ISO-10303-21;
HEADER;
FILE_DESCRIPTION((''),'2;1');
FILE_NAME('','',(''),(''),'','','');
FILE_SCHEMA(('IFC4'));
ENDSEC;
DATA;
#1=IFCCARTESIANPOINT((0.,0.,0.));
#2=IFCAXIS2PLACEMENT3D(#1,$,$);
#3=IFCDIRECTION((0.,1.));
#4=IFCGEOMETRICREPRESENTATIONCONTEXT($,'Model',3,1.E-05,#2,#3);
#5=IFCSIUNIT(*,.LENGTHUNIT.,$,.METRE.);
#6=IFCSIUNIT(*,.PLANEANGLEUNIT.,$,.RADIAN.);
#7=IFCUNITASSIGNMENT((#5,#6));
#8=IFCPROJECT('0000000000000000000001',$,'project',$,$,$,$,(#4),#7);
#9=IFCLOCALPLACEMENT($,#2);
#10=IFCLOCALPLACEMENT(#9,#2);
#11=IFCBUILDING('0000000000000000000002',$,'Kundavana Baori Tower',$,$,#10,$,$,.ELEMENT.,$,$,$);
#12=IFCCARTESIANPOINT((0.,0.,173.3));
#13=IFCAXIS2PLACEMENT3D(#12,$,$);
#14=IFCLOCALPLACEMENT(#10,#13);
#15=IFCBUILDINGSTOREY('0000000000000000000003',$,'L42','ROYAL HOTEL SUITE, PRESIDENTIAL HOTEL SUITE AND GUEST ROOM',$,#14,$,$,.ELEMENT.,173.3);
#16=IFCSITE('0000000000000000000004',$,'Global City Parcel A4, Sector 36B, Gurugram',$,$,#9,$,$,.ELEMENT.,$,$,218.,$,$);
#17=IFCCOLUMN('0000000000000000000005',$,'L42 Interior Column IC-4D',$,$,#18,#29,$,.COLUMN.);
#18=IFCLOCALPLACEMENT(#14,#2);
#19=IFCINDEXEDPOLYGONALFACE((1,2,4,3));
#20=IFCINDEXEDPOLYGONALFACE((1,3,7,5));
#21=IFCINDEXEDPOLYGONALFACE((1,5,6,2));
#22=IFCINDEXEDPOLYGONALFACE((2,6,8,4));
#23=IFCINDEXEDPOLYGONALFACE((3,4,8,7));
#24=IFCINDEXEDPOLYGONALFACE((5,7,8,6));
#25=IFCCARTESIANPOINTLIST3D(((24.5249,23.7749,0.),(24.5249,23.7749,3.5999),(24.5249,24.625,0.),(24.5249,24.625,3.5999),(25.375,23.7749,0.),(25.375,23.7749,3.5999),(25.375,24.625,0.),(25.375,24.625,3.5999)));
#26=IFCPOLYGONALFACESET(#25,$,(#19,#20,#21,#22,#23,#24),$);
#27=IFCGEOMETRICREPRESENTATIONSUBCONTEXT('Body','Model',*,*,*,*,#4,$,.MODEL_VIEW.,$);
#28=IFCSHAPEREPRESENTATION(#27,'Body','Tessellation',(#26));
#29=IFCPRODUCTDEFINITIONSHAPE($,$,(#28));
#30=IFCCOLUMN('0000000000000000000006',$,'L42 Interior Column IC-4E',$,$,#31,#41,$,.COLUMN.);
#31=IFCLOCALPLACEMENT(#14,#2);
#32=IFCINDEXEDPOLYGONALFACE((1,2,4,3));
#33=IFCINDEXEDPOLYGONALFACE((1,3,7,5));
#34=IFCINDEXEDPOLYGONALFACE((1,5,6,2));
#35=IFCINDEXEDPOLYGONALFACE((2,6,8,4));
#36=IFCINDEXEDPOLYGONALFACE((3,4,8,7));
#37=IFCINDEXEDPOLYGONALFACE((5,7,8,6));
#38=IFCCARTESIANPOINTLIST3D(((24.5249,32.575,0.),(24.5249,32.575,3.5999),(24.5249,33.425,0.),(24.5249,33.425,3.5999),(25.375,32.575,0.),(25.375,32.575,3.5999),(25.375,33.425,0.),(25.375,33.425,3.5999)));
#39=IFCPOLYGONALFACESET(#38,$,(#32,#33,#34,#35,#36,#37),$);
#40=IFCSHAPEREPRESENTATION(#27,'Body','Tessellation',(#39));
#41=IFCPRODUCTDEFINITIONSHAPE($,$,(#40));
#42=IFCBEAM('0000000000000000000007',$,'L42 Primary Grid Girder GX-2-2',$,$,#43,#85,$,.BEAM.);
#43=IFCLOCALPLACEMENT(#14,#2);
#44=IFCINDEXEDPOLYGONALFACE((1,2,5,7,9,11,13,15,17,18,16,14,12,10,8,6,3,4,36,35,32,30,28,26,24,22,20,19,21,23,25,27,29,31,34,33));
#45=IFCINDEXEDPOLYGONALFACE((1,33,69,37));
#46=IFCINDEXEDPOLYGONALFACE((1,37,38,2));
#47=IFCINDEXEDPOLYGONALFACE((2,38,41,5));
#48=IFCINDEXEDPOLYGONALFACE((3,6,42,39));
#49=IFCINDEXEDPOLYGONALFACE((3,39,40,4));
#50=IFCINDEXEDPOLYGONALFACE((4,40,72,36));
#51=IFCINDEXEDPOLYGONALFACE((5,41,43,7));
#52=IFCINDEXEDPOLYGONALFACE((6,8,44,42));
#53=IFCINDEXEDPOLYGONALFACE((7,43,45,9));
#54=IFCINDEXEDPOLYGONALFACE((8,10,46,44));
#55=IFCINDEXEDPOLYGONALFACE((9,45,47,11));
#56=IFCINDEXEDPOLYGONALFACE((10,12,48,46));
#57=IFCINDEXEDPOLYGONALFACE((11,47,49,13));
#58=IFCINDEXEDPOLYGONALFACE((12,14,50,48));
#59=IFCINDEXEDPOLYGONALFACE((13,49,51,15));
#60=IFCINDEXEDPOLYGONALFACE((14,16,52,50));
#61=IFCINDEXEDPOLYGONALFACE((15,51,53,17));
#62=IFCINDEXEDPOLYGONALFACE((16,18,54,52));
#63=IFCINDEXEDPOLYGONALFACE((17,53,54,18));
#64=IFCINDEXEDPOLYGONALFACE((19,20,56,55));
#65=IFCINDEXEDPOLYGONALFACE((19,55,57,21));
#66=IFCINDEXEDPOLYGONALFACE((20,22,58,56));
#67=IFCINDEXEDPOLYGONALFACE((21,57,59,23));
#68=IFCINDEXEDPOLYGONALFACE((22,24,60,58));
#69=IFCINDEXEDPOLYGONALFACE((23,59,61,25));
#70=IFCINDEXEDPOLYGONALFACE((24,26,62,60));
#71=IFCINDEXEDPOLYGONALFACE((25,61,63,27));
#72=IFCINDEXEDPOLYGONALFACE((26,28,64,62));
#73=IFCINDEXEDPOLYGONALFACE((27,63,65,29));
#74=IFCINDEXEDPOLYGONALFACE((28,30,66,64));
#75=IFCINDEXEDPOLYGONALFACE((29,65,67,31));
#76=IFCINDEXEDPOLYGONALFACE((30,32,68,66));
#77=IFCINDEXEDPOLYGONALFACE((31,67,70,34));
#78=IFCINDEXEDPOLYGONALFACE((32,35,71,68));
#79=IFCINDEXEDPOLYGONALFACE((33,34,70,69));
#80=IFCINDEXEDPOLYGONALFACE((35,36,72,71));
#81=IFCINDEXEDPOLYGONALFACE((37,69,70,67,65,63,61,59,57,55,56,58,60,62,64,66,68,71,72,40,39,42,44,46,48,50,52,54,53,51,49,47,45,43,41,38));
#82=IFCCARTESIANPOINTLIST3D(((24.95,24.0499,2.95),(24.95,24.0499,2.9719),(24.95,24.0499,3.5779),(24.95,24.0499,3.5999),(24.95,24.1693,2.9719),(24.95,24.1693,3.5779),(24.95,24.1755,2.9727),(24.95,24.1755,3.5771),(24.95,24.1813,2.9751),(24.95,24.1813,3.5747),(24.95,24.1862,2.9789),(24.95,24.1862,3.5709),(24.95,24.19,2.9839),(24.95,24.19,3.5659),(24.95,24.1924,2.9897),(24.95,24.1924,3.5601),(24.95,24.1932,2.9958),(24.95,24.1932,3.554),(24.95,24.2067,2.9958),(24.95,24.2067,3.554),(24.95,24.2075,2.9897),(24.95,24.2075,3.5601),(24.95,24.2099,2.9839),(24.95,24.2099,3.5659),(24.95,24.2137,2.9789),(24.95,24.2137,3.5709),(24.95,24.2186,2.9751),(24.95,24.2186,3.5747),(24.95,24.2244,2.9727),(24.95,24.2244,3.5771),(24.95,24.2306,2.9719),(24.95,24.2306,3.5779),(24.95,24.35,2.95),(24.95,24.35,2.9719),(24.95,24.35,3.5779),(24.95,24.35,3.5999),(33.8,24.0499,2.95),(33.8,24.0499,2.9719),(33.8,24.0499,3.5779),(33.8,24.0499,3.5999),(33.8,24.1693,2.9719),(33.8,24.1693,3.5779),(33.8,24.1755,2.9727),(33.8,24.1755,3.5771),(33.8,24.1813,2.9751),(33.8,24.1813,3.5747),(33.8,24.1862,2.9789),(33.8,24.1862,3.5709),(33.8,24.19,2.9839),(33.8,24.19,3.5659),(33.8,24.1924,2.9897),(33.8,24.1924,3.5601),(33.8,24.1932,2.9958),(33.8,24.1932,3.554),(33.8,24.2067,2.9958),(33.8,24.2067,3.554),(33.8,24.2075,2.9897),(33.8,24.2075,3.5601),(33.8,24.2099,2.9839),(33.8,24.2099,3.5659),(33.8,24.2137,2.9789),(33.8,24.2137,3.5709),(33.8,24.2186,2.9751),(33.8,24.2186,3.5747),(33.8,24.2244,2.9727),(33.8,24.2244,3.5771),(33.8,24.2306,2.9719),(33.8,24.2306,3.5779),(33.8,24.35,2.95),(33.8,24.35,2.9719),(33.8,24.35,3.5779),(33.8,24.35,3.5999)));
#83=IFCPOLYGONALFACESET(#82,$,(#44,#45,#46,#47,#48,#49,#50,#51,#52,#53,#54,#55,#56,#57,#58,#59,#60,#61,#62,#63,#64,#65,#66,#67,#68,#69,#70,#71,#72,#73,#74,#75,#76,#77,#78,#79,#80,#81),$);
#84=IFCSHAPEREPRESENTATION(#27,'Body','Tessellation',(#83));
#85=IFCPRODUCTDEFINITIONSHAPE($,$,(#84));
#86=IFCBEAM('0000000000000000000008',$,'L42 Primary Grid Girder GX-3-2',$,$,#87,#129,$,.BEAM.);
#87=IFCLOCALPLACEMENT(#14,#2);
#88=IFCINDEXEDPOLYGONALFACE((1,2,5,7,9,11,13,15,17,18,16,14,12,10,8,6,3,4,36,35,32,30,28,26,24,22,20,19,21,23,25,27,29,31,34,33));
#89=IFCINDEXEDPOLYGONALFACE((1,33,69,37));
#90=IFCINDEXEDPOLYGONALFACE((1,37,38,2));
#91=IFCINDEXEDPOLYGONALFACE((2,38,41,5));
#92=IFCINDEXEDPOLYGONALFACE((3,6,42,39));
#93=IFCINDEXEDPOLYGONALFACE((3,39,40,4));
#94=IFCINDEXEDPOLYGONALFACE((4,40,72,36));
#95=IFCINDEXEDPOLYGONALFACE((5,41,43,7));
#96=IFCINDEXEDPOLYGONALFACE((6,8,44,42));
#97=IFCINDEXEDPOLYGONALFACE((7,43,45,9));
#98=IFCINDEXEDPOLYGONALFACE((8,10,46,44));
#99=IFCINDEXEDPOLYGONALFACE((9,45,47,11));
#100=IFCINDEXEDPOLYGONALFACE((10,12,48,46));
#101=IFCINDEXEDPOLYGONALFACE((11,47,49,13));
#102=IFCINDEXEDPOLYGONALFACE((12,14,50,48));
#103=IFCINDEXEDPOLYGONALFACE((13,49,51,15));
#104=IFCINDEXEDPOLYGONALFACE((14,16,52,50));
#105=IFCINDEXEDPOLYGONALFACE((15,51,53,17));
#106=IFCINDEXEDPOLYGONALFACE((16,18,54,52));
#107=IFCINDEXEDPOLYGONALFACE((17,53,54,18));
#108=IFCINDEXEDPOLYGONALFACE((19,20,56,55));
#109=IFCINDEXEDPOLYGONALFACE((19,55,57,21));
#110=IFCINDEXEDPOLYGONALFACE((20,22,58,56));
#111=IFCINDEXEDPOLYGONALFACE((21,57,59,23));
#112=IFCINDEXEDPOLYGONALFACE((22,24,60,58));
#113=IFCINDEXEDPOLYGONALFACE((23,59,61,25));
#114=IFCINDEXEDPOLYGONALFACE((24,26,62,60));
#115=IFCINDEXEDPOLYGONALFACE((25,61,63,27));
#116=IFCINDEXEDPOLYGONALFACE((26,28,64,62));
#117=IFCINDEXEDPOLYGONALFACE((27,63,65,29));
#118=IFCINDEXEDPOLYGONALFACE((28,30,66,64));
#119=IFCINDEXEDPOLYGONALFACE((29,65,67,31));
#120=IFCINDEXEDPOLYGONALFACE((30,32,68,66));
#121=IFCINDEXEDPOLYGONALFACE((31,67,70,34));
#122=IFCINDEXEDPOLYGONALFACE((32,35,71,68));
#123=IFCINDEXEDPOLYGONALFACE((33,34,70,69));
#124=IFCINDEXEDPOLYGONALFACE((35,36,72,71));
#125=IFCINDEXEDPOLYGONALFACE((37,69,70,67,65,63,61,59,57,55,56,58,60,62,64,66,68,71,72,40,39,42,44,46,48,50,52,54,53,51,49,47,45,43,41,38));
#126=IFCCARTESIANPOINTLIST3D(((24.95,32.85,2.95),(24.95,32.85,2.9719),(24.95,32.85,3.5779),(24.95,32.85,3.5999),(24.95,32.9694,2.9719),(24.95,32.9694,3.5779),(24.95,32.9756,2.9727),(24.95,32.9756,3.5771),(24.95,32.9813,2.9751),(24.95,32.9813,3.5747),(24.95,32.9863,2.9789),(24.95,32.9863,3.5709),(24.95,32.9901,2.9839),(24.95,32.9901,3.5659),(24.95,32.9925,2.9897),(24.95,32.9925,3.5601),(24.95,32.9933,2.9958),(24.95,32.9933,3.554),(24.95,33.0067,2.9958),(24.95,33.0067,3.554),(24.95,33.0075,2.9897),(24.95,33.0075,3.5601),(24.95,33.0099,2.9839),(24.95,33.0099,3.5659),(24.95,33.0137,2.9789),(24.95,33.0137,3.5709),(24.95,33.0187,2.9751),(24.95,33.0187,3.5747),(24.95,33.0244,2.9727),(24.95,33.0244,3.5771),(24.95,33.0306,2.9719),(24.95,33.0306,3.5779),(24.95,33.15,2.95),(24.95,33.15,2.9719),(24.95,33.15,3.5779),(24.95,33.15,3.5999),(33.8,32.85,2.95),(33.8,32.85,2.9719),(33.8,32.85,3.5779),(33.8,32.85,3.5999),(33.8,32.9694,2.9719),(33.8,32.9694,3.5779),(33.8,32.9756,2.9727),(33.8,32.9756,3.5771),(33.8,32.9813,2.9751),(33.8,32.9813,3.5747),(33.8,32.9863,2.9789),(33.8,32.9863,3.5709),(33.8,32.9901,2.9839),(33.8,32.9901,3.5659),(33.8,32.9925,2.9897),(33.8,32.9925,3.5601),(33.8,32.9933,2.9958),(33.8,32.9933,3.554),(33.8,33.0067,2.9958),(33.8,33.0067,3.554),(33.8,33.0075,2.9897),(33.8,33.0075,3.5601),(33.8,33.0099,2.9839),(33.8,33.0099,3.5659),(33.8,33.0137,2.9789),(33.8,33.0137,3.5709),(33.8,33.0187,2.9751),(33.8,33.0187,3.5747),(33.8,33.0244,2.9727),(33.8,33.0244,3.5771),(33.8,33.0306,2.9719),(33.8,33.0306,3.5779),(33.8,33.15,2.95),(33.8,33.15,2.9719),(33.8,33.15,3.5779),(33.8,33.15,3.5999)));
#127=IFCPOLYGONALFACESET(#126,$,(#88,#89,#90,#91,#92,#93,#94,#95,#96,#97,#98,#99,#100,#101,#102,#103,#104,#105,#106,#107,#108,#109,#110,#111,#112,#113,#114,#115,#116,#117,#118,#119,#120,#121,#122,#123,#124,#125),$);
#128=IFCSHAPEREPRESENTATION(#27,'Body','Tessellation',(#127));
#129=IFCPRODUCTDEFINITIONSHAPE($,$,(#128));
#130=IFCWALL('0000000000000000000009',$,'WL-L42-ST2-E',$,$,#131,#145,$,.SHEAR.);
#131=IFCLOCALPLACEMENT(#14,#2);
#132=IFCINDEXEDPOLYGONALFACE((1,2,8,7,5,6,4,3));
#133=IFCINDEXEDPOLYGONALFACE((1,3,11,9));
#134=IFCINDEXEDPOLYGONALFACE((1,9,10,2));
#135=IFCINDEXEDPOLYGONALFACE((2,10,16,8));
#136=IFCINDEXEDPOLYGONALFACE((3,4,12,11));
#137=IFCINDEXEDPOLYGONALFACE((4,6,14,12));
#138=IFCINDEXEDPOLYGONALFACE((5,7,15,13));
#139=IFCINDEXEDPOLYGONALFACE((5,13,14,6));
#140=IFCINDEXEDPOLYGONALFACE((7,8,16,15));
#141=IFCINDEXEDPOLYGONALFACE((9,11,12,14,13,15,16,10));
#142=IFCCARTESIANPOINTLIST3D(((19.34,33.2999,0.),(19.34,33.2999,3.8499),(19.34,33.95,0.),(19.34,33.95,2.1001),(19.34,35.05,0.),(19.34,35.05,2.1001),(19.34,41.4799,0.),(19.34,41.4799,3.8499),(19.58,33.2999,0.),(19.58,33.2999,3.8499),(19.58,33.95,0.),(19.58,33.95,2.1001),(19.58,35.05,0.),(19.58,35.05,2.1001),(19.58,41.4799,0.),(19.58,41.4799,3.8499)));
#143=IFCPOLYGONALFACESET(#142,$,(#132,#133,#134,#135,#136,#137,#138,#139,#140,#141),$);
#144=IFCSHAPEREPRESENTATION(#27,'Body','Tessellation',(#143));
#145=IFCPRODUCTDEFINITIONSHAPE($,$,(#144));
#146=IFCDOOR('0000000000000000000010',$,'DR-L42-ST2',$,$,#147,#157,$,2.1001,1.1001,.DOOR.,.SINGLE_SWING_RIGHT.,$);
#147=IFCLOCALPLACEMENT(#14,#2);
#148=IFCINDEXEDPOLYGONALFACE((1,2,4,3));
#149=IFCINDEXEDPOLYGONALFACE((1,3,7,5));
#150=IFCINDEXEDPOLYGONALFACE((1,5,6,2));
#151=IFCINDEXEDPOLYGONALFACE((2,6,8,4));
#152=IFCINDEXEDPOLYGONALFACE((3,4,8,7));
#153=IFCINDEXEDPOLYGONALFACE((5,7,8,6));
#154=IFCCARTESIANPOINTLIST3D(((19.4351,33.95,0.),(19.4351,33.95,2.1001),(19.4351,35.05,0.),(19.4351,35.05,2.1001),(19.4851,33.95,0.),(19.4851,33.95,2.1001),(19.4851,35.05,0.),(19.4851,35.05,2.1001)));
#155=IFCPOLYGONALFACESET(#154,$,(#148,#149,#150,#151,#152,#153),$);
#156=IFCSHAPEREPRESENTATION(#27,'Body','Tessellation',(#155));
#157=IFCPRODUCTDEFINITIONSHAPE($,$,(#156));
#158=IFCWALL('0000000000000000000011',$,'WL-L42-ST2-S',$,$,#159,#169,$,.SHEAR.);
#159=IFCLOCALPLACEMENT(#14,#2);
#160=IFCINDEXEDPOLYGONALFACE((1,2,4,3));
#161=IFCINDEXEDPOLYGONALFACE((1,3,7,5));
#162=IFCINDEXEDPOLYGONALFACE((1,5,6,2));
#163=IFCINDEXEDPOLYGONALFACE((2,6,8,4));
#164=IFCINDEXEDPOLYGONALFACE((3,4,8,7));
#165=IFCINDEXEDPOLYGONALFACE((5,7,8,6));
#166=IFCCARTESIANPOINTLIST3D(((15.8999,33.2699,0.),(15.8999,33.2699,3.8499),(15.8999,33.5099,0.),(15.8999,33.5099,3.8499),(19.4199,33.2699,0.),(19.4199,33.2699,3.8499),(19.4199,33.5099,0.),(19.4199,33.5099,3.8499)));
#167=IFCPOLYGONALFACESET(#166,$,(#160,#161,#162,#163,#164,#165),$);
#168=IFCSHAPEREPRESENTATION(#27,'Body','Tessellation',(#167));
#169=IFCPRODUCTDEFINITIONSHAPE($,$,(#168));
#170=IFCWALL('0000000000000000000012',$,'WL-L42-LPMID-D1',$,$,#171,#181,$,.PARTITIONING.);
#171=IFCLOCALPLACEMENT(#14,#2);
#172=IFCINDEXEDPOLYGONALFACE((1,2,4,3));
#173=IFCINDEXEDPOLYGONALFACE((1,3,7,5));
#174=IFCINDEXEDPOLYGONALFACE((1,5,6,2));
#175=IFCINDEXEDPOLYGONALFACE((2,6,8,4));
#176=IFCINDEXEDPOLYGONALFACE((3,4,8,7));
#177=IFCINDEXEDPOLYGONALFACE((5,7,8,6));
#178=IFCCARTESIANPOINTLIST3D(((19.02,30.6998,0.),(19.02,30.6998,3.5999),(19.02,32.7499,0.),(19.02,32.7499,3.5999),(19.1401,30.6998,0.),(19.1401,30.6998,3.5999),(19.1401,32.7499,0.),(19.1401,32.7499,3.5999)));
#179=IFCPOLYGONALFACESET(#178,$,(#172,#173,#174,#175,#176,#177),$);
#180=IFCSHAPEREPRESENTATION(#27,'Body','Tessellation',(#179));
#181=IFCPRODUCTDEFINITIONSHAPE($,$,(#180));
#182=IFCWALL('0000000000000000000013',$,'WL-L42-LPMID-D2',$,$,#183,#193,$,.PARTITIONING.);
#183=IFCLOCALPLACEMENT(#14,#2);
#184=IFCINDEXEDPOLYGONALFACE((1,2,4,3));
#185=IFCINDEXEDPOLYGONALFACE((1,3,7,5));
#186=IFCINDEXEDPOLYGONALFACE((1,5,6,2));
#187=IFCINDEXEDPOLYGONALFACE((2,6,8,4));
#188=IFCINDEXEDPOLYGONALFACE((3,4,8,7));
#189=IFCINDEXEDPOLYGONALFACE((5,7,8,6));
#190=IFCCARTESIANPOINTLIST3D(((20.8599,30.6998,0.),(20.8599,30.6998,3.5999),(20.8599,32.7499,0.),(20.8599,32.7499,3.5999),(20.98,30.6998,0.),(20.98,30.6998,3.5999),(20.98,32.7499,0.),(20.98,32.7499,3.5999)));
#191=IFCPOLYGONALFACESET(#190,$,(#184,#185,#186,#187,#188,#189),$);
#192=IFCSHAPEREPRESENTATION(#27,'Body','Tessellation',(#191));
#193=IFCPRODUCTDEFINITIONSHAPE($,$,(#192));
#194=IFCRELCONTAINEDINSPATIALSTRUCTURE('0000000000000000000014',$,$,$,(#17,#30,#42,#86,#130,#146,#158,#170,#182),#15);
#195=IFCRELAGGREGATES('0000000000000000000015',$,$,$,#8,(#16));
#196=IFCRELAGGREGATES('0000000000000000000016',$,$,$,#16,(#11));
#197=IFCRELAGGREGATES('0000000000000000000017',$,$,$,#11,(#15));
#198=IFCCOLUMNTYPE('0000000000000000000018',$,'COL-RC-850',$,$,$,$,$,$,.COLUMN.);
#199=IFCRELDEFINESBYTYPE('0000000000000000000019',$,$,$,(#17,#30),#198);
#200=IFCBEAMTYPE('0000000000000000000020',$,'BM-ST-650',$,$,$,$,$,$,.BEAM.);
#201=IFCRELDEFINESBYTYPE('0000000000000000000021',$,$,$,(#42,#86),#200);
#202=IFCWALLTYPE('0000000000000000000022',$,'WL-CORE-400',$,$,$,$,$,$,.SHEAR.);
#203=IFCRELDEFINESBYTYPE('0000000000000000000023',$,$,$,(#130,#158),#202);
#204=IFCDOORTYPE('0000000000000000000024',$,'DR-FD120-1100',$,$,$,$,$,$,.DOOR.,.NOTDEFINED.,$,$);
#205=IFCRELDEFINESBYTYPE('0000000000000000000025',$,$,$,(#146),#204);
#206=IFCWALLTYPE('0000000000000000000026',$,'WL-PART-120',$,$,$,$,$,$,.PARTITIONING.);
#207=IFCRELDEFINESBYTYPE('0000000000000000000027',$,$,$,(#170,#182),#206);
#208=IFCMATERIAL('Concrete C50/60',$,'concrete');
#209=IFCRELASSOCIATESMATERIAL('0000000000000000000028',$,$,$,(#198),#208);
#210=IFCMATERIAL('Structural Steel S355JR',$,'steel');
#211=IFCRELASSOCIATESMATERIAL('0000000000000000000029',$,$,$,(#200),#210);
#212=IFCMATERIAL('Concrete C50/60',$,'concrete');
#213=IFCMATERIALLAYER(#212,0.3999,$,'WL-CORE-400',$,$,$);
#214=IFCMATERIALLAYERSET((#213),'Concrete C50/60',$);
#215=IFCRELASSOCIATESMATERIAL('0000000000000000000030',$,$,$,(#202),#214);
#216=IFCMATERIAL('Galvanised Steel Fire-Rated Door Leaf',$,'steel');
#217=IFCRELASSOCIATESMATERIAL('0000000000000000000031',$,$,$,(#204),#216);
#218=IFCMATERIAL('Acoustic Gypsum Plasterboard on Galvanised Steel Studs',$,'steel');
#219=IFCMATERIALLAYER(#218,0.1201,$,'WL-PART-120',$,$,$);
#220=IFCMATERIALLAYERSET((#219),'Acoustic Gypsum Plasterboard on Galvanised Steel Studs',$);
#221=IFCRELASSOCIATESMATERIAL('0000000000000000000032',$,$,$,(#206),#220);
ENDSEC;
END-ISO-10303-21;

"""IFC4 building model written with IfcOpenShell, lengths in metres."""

from ifc_helpers import new_model, si_unit, direction, frame, frame_2d, origin, origin_2d, place, context, subcontext, project, spatial, rectangle, i_section, extrude, material, layer, layer_set, material_profile, profile_set, type_object, element, fill, save


model = new_model("IFC4")

# Units and contexts
model_context = context("Model", 3, precision=1e-05, world=origin(), true_north=direction((0.0, 1.0)))
body_context = subcontext(model_context, "Body", "Model", "MODEL_VIEW")
ifc_project = project(units=[si_unit("LENGTHUNIT", "METRE"), si_unit("PLANEANGLEUNIT", "RADIAN")], contexts=[model_context])

# Site, building, storey
site_placement = place(None, origin())
site = spatial("IfcSite", under=ifc_project, at=site_placement, Name="Global City Parcel A4, Sector 36B, Gurugram", CompositionType="ELEMENT", RefElevation=218.0)
building_placement = place(site_placement, origin())
building = spatial("IfcBuilding", under=site, at=building_placement, Name="Kundavana Baori Tower", CompositionType="ELEMENT")
storey_placement = place(building_placement, frame((0.0, 0.0, 173.3)))
storey = spatial("IfcBuildingStorey", under=building, at=storey_placement, Name="L42", Description="ROYAL HOTEL SUITE, PRESIDENTIAL HOTEL SUITE AND GUEST ROOM", CompositionType="ELEMENT", Elevation=173.3)

# Columns
ifc_material_1 = material(Name="Concrete C50/60", Category="concrete")
ifc_material_profile_1 = material_profile(ifc_material_1, rectangle(XDim=0.8501, YDim=0.8501, at=origin_2d()), Name="RC 850x850")
ifc_profile_set_1 = profile_set([ifc_material_profile_1], Name="Concrete C50/60")
column_type = type_object("IfcColumnType", Name="COL-RC-850", PredefinedType="COLUMN", material=ifc_profile_set_1)
for number, where, z_axis, x_axis, name in (
    (1, (24.95, 24.2, 0.0), (0.0, 0.0, 1.0), (1.0, 0.0, 0.0), "L42 Interior Column IC-4D"),
    (2, (24.95, 33.0, 0.0), (0.0, 0.0, 1.0), (1.0, 0.0, 0.0), "L42 Interior Column IC-4E"),
):
    element("IfcColumn", number, at=place(storey_placement, frame(where, z_axis=z_axis, x_axis=x_axis)), inside=storey, type_object=column_type, Name=name, PredefinedType="COLUMN", context=body_context, shape_type="SweptSolid", body=[
        extrude(rectangle(XDim=0.8501, YDim=0.8501, at=origin_2d()), origin(), (0.0, 0.0, 1.0), 3.5999),
    ])

# Beams
ifc_material_2 = material(Name="Structural Steel S355JR", Category="steel")
ifc_material_profile_2 = material_profile(ifc_material_2, i_section(OverallWidth=0.3, OverallDepth=0.6499, WebThickness=0.0134, FlangeThickness=0.022, FilletRadius=0.0239, at=origin_2d()), Name="NPB 650x300x155")
ifc_profile_set_2 = profile_set([ifc_material_profile_2], Name="Structural Steel S355JR")
beam_type = type_object("IfcBeamType", Name="BM-ST-650", PredefinedType="BEAM", material=ifc_profile_set_2)
for number, where, z_axis, x_axis, name in (
    (3, (24.95, 24.2, 3.2749), (1.0, 0.0, 0.0), (0.0, 1.0, 0.0), "L42 Primary Grid Girder GX-2-2"),
    (4, (24.95, 33.0, 3.2749), (1.0, 0.0, 0.0), (0.0, 1.0, 0.0), "L42 Primary Grid Girder GX-3-2"),
):
    element("IfcBeam", number, at=place(storey_placement, frame(where, z_axis=z_axis, x_axis=x_axis)), inside=storey, type_object=beam_type, Name=name, PredefinedType="BEAM", context=body_context, shape_type="SweptSolid", body=[
        extrude(i_section(OverallWidth=0.3, OverallDepth=0.6499, WebThickness=0.0134, FlangeThickness=0.022, FilletRadius=0.0239, at=origin_2d()), origin(), (0.0, 0.0, 1.0), 8.8501),
    ])

# Wall, opening, door
ifc_material_3 = material(Name="Concrete C50/60", Category="concrete")
ifc_layer_1 = layer(ifc_material_3, 0.3999, Name="WL-CORE-400")
ifc_layer_set_1 = layer_set([ifc_layer_1], Name="Concrete C50/60")
wall_type_1 = type_object("IfcWallType", Name="WL-CORE-400", PredefinedType="SHEAR", material=ifc_layer_set_1)
wall_1_placement = place(storey_placement, frame((19.46, 33.3, 0.0), z_axis=(0.0, 0.0, 1.0), x_axis=(0.0, 1.0, 0.0)))
wall_1 = element("IfcWall", 5, at=wall_1_placement, inside=storey, type_object=wall_type_1, Name="WL-L42-ST2-E", PredefinedType="SHEAR", context=body_context, shape_type="SweptSolid", body=[
    extrude(rectangle(XDim=8.1799, YDim=0.24, at=frame_2d((4.0898, 0.0))), origin(), (0.0, 0.0, 1.0), 3.8499),
])
opening_1_placement = place(wall_1_placement, frame((0.6499, 0.0, 0.0)))
opening_1 = element("IfcOpeningElement", 6, at=opening_1_placement, cuts=wall_1, PredefinedType="OPENING", context=body_context, shape_type="SweptSolid", body=[
    extrude(rectangle(XDim=1.1001, YDim=2.1001, at=frame_2d((0.55, 1.05))), frame((0.0, 0.1299, 0.0), z_axis=(0.0, -1.0, 0.0), x_axis=(1.0, 0.0, 0.0)), (0.0, 0.0, 1.0), 0.26),
])
ifc_material_4 = material(Name="Galvanised Steel Fire-Rated Door Leaf", Category="steel")
door_type_1 = type_object("IfcDoorType", Name="DR-FD120-1100", OperationType="NOTDEFINED", PredefinedType="DOOR", material=ifc_material_4)
door_1_placement = place(opening_1_placement, origin())
door_1 = element("IfcDoor", 7, at=door_1_placement, inside=storey, type_object=door_type_1, Name="DR-L42-ST2", OperationType="SINGLE_SWING_RIGHT", OverallHeight=2.1001, OverallWidth=1.1001, PredefinedType="DOOR", context=body_context, shape_type="SweptSolid", body=[
    extrude(rectangle(XDim=1.1001, YDim=2.1001, at=frame_2d((0.55, 1.05))), frame((0.0, 0.0249, 0.0), z_axis=(0.0, -1.0, 0.0), x_axis=(1.0, 0.0, 0.0)), (0.0, 0.0, 1.0), 0.05),
])
fill(opening_1, door_1)

# Walls
wall_2_placement = place(storey_placement, frame((15.8999, 33.3899, 0.0), z_axis=(0.0, 0.0, 1.0), x_axis=(1.0, 0.0, 0.0)))
element("IfcWall", 8, at=wall_2_placement, inside=storey, type_object=wall_type_1, Name="WL-L42-ST2-S", PredefinedType="SHEAR", context=body_context, shape_type="SweptSolid", body=[
    extrude(rectangle(XDim=3.52, YDim=0.24, at=frame_2d((1.76, 0.0))), origin(), (0.0, 0.0, 1.0), 3.8499),
])
ifc_material_5 = material(Name="Acoustic Gypsum Plasterboard on Galvanised Steel Studs", Category="steel")
ifc_layer_2 = layer(ifc_material_5, 0.1201, Name="WL-PART-120")
ifc_layer_set_2 = layer_set([ifc_layer_2], Name="Acoustic Gypsum Plasterboard on Galvanised Steel Studs")
wall_type_2 = type_object("IfcWallType", Name="WL-PART-120", PredefinedType="PARTITIONING", material=ifc_layer_set_2)
for number, where, z_axis, x_axis, name in (
    (9, (19.0801, 30.7, 0.0), (0.0, 0.0, 1.0), (0.0, 1.0, 0.0), "WL-L42-LPMID-D1"),
    (10, (20.9199, 30.7, 0.0), (0.0, 0.0, 1.0), (0.0, 1.0, 0.0), "WL-L42-LPMID-D2"),
):
    element("IfcWall", number, at=place(storey_placement, frame(where, z_axis=z_axis, x_axis=x_axis)), inside=storey, type_object=wall_type_2, Name=name, PredefinedType="PARTITIONING", context=body_context, shape_type="SweptSolid", body=[
        extrude(rectangle(XDim=2.05, YDim=0.1201, at=frame_2d((1.0249, 0.0))), origin(), (0.0, 0.0, 1.0), 3.5999),
    ])

save(model, "model.ifc")
